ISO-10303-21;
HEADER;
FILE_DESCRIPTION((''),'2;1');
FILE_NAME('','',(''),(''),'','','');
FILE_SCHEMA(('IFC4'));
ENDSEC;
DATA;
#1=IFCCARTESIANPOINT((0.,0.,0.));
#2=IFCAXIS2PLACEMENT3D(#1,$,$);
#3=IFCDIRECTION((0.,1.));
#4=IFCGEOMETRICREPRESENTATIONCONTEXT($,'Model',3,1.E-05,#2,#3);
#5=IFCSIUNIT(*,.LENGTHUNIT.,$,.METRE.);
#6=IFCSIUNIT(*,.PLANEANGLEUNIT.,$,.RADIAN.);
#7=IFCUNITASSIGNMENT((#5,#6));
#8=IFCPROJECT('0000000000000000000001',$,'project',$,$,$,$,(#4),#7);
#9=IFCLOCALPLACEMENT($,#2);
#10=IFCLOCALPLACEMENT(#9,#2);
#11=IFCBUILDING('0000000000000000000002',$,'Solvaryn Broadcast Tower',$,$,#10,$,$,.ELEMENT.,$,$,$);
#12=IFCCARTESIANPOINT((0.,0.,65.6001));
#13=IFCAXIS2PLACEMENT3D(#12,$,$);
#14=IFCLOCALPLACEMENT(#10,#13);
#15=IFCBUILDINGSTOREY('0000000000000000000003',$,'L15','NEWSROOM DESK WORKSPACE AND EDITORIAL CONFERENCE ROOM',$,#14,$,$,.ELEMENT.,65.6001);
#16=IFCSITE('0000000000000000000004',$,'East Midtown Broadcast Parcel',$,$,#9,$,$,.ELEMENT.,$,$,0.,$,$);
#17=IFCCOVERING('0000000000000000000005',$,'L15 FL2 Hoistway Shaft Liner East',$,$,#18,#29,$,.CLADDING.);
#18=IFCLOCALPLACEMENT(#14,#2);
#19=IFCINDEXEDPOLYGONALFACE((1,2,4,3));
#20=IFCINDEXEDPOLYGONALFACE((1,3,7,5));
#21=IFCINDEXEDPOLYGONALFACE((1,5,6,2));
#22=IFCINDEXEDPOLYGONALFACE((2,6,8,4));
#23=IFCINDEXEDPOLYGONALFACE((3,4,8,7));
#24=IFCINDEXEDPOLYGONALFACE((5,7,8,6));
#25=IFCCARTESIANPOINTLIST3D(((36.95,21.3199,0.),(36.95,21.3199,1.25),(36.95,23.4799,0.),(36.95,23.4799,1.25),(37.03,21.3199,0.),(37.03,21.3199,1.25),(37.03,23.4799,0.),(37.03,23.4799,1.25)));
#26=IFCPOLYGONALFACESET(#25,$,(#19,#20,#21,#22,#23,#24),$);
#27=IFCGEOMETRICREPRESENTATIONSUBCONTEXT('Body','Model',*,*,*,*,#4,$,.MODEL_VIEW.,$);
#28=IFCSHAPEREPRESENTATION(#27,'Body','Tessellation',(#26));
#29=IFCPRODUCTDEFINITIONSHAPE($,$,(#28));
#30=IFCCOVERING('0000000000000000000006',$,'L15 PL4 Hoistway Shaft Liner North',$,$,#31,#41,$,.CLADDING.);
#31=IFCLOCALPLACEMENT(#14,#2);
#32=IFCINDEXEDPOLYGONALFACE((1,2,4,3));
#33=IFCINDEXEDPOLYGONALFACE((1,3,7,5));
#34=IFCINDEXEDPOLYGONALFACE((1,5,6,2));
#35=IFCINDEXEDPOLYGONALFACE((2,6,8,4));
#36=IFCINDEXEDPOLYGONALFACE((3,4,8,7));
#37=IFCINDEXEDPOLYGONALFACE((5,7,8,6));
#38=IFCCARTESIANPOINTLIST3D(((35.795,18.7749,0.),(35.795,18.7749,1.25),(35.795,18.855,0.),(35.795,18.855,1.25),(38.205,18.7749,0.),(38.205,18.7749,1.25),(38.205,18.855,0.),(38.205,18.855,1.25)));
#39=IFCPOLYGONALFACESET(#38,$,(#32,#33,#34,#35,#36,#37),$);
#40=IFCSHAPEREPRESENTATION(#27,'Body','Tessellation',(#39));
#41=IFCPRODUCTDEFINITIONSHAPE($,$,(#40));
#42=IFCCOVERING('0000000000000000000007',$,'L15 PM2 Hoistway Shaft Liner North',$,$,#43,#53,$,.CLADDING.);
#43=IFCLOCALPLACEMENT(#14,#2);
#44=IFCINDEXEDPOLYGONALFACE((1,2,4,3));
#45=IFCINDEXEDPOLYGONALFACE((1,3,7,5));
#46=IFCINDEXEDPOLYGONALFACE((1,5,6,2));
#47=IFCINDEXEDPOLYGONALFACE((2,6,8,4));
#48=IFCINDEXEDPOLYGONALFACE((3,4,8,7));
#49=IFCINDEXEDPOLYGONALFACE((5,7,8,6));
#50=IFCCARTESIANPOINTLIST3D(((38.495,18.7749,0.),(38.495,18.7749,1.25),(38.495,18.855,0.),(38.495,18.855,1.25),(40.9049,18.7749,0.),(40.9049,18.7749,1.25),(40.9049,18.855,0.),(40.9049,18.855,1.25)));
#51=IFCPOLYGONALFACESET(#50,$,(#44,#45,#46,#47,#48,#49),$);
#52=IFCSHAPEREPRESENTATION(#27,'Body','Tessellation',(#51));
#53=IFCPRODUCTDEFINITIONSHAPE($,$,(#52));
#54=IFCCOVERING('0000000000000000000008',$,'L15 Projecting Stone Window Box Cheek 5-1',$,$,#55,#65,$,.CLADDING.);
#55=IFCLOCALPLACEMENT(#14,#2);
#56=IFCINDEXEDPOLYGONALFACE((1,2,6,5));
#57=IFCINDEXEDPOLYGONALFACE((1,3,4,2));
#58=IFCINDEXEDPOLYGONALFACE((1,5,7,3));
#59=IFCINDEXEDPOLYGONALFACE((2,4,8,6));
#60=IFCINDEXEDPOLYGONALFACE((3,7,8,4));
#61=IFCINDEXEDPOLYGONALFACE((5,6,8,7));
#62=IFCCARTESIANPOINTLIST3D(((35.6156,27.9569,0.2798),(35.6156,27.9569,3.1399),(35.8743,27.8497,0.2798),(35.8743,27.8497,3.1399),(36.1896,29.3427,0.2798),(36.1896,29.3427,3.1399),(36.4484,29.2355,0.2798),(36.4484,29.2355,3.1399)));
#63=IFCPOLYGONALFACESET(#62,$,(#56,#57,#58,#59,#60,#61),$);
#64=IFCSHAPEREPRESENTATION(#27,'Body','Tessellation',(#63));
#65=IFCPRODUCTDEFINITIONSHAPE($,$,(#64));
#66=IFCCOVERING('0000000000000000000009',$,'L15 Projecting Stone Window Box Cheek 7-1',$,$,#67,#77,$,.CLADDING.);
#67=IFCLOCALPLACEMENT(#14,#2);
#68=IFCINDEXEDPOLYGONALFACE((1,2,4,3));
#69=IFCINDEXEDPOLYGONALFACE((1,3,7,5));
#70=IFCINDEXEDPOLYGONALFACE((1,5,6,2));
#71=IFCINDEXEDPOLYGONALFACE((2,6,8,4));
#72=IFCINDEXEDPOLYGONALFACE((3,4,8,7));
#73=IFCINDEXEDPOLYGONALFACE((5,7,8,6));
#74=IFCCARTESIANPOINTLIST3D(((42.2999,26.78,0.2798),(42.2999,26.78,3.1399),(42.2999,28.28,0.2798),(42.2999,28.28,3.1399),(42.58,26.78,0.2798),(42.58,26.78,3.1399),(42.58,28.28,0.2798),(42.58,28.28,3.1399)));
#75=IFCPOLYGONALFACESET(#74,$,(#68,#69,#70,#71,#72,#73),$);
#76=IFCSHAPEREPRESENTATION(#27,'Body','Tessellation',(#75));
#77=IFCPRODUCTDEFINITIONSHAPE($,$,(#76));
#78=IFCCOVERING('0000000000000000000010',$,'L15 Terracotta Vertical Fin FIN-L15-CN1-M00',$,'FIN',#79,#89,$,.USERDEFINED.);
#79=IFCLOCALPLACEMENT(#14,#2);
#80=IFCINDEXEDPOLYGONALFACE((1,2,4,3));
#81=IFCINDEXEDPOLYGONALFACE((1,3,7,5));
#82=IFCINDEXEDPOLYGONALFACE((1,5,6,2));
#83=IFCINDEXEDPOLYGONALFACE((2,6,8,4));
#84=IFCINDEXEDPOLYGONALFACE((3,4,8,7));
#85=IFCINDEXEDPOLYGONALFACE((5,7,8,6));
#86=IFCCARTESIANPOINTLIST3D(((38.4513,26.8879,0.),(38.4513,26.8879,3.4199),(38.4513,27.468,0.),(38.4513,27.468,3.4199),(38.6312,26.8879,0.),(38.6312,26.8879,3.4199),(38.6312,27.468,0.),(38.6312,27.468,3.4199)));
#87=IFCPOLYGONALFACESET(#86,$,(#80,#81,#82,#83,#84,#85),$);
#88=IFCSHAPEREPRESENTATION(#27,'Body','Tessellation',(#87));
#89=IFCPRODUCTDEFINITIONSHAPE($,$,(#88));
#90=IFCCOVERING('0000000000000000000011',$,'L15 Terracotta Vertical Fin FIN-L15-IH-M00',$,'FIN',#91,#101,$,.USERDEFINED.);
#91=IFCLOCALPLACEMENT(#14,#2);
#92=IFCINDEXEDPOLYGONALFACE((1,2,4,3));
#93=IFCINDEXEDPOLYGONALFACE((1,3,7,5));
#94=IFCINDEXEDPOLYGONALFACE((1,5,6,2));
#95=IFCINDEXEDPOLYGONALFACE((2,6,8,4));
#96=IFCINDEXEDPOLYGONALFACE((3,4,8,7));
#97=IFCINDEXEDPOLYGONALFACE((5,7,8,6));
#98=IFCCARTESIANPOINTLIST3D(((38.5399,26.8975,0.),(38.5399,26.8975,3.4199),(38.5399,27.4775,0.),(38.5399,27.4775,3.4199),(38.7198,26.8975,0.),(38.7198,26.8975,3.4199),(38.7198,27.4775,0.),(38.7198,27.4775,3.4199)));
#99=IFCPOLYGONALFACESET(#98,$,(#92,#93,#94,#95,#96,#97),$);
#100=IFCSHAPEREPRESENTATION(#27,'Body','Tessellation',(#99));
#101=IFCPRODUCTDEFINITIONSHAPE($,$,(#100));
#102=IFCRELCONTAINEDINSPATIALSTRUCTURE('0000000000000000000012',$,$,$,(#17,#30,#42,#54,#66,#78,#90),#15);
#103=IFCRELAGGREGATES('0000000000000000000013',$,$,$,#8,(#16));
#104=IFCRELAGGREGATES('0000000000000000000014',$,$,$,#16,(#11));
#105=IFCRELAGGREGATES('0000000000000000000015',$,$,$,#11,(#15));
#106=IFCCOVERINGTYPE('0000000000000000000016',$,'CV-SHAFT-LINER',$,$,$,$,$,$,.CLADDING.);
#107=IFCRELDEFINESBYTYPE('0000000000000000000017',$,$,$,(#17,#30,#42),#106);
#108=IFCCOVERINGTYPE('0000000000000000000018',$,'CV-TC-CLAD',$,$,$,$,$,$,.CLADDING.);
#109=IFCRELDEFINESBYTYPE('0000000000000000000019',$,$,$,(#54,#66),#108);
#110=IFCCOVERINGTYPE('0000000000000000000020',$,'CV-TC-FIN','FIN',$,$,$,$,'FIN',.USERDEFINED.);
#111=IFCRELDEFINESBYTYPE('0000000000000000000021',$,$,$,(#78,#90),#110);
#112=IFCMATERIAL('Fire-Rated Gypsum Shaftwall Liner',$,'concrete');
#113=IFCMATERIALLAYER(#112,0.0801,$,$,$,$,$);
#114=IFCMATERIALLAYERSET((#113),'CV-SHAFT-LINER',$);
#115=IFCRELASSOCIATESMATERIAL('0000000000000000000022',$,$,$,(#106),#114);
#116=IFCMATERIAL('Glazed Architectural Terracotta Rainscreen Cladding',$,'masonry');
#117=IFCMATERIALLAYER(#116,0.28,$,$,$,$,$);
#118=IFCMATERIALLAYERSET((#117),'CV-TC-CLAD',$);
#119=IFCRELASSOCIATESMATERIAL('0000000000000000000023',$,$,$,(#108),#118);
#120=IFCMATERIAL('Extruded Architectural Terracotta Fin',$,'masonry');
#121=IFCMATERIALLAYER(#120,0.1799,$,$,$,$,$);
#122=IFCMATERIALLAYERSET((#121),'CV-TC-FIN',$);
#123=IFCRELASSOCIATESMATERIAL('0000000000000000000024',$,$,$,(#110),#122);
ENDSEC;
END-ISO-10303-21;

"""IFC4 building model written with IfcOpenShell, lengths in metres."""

from ifc_helpers import new_model, si_unit, direction, frame, origin, origin_2d, place, context, subcontext, project, spatial, rectangle, extrude, material, layer, layer_set, type_object, element, save


model = new_model("IFC4")

# Units and contexts
model_context = context("Model", 3, precision=1e-05, world=origin(), true_north=direction((0.0, 1.0)))
body_context = subcontext(model_context, "Body", "Model", "MODEL_VIEW")
ifc_project = project(units=[si_unit("LENGTHUNIT", "METRE"), si_unit("PLANEANGLEUNIT", "RADIAN")], contexts=[model_context])

# Site, building, storey
site_placement = place(None, origin())
site = spatial("IfcSite", under=ifc_project, at=site_placement, Name="East Midtown Broadcast Parcel", CompositionType="ELEMENT", RefElevation=0.0)
building_placement = place(site_placement, origin())
building = spatial("IfcBuilding", under=site, at=building_placement, Name="Solvaryn Broadcast Tower", CompositionType="ELEMENT")
storey_placement = place(building_placement, frame((0.0, 0.0, 65.6001)))
storey = spatial("IfcBuildingStorey", under=building, at=storey_placement, Name="L15", Description="NEWSROOM DESK WORKSPACE AND EDITORIAL CONFERENCE ROOM", CompositionType="ELEMENT", Elevation=65.6001)

# Coverings
ifc_material_1 = material(Name="Fire-Rated Gypsum Shaftwall Liner", Category="concrete")
ifc_layer_1 = layer(ifc_material_1, 0.0801)
ifc_layer_set_1 = layer_set([ifc_layer_1], Name="CV-SHAFT-LINER")
covering_type_1 = type_object("IfcCoveringType", Name="CV-SHAFT-LINER", PredefinedType="CLADDING", material=ifc_layer_set_1)
covering_1_placement = place(storey_placement, frame((36.99, 22.3999, 0.0), z_axis=(0.0, 0.0, 1.0), x_axis=(1.0, 0.0, 0.0)))
element("IfcCovering", 1, at=covering_1_placement, inside=storey, type_object=covering_type_1, Name="L15 FL2 Hoistway Shaft Liner East", PredefinedType="CLADDING", context=body_context, shape_type="SweptSolid", body=[
    extrude(rectangle(XDim=0.0801, YDim=2.1599, at=origin_2d()), origin(), (0.0, 0.0, 1.0), 1.25),
])
for number, where, z_axis, x_axis, name in (
    (2, (37.0, 18.8149, 0.0), (0.0, 0.0, 1.0), (1.0, 0.0, 0.0), "L15 PL4 Hoistway Shaft Liner North"),
    (3, (39.7, 18.8149, 0.0), (0.0, 0.0, 1.0), (1.0, 0.0, 0.0), "L15 PM2 Hoistway Shaft Liner North"),
):
    element("IfcCovering", number, at=place(storey_placement, frame(where, z_axis=z_axis, x_axis=x_axis)), inside=storey, type_object=covering_type_1, Name=name, PredefinedType="CLADDING", context=body_context, shape_type="SweptSolid", body=[
        extrude(rectangle(XDim=2.4099, YDim=0.0801, at=origin_2d()), origin(), (0.0, 0.0, 1.0), 1.25),
    ])
ifc_material_2 = material(Name="Glazed Architectural Terracotta Rainscreen Cladding", Category="masonry")
ifc_layer_2 = layer(ifc_material_2, 0.28)
ifc_layer_set_2 = layer_set([ifc_layer_2], Name="CV-TC-CLAD")
covering_type_2 = type_object("IfcCoveringType", Name="CV-TC-CLAD", PredefinedType="CLADDING", material=ifc_layer_set_2)
for number, where, z_axis, x_axis, name in (
    (4, (36.032, 28.5962, 0.2798), (0.0, 0.0, 1.0), (-0.92388, 0.382683, 0.0), "L15 Projecting Stone Window Box Cheek 5-1"),
    (5, (42.4399, 27.53, 0.2798), (0.0, 0.0, 1.0), (1.0, 0.0, 0.0), "L15 Projecting Stone Window Box Cheek 7-1"),
):
    element("IfcCovering", number, at=place(storey_placement, frame(where, z_axis=z_axis, x_axis=x_axis)), inside=storey, type_object=covering_type_2, Name=name, PredefinedType="CLADDING", context=body_context, shape_type="SweptSolid", body=[
        extrude(rectangle(XDim=0.28, YDim=1.5, at=origin_2d()), origin(), (0.0, 0.0, 1.0), 2.8601),
    ])
ifc_material_3 = material(Name="Extruded Architectural Terracotta Fin", Category="masonry")
ifc_layer_3 = layer(ifc_material_3, 0.1799)
ifc_layer_set_3 = layer_set([ifc_layer_3], Name="CV-TC-FIN")
covering_type_3 = type_object("IfcCoveringType", Name="CV-TC-FIN", Description="FIN", ElementType="FIN", PredefinedType="USERDEFINED", material=ifc_layer_set_3)
for number, where, z_axis, x_axis, name in (
    (6, (38.5413, 27.178, 0.0), (0.0, 0.0, 1.0), (1.0, 0.0, 0.0), "L15 Terracotta Vertical Fin FIN-L15-CN1-M00"),
    (7, (38.6299, 27.1875, 0.0), (0.0, 0.0, 1.0), (1.0, 0.0, 0.0), "L15 Terracotta Vertical Fin FIN-L15-IH-M00"),
):
    element("IfcCovering", number, at=place(storey_placement, frame(where, z_axis=z_axis, x_axis=x_axis)), inside=storey, type_object=covering_type_3, Name=name, ObjectType="FIN", PredefinedType="USERDEFINED", context=body_context, shape_type="SweptSolid", body=[
        extrude(rectangle(XDim=0.1799, YDim=0.5801, at=origin_2d()), origin(), (0.0, 0.0, 1.0), 3.4199),
    ])

save(model, "model.ifc")
